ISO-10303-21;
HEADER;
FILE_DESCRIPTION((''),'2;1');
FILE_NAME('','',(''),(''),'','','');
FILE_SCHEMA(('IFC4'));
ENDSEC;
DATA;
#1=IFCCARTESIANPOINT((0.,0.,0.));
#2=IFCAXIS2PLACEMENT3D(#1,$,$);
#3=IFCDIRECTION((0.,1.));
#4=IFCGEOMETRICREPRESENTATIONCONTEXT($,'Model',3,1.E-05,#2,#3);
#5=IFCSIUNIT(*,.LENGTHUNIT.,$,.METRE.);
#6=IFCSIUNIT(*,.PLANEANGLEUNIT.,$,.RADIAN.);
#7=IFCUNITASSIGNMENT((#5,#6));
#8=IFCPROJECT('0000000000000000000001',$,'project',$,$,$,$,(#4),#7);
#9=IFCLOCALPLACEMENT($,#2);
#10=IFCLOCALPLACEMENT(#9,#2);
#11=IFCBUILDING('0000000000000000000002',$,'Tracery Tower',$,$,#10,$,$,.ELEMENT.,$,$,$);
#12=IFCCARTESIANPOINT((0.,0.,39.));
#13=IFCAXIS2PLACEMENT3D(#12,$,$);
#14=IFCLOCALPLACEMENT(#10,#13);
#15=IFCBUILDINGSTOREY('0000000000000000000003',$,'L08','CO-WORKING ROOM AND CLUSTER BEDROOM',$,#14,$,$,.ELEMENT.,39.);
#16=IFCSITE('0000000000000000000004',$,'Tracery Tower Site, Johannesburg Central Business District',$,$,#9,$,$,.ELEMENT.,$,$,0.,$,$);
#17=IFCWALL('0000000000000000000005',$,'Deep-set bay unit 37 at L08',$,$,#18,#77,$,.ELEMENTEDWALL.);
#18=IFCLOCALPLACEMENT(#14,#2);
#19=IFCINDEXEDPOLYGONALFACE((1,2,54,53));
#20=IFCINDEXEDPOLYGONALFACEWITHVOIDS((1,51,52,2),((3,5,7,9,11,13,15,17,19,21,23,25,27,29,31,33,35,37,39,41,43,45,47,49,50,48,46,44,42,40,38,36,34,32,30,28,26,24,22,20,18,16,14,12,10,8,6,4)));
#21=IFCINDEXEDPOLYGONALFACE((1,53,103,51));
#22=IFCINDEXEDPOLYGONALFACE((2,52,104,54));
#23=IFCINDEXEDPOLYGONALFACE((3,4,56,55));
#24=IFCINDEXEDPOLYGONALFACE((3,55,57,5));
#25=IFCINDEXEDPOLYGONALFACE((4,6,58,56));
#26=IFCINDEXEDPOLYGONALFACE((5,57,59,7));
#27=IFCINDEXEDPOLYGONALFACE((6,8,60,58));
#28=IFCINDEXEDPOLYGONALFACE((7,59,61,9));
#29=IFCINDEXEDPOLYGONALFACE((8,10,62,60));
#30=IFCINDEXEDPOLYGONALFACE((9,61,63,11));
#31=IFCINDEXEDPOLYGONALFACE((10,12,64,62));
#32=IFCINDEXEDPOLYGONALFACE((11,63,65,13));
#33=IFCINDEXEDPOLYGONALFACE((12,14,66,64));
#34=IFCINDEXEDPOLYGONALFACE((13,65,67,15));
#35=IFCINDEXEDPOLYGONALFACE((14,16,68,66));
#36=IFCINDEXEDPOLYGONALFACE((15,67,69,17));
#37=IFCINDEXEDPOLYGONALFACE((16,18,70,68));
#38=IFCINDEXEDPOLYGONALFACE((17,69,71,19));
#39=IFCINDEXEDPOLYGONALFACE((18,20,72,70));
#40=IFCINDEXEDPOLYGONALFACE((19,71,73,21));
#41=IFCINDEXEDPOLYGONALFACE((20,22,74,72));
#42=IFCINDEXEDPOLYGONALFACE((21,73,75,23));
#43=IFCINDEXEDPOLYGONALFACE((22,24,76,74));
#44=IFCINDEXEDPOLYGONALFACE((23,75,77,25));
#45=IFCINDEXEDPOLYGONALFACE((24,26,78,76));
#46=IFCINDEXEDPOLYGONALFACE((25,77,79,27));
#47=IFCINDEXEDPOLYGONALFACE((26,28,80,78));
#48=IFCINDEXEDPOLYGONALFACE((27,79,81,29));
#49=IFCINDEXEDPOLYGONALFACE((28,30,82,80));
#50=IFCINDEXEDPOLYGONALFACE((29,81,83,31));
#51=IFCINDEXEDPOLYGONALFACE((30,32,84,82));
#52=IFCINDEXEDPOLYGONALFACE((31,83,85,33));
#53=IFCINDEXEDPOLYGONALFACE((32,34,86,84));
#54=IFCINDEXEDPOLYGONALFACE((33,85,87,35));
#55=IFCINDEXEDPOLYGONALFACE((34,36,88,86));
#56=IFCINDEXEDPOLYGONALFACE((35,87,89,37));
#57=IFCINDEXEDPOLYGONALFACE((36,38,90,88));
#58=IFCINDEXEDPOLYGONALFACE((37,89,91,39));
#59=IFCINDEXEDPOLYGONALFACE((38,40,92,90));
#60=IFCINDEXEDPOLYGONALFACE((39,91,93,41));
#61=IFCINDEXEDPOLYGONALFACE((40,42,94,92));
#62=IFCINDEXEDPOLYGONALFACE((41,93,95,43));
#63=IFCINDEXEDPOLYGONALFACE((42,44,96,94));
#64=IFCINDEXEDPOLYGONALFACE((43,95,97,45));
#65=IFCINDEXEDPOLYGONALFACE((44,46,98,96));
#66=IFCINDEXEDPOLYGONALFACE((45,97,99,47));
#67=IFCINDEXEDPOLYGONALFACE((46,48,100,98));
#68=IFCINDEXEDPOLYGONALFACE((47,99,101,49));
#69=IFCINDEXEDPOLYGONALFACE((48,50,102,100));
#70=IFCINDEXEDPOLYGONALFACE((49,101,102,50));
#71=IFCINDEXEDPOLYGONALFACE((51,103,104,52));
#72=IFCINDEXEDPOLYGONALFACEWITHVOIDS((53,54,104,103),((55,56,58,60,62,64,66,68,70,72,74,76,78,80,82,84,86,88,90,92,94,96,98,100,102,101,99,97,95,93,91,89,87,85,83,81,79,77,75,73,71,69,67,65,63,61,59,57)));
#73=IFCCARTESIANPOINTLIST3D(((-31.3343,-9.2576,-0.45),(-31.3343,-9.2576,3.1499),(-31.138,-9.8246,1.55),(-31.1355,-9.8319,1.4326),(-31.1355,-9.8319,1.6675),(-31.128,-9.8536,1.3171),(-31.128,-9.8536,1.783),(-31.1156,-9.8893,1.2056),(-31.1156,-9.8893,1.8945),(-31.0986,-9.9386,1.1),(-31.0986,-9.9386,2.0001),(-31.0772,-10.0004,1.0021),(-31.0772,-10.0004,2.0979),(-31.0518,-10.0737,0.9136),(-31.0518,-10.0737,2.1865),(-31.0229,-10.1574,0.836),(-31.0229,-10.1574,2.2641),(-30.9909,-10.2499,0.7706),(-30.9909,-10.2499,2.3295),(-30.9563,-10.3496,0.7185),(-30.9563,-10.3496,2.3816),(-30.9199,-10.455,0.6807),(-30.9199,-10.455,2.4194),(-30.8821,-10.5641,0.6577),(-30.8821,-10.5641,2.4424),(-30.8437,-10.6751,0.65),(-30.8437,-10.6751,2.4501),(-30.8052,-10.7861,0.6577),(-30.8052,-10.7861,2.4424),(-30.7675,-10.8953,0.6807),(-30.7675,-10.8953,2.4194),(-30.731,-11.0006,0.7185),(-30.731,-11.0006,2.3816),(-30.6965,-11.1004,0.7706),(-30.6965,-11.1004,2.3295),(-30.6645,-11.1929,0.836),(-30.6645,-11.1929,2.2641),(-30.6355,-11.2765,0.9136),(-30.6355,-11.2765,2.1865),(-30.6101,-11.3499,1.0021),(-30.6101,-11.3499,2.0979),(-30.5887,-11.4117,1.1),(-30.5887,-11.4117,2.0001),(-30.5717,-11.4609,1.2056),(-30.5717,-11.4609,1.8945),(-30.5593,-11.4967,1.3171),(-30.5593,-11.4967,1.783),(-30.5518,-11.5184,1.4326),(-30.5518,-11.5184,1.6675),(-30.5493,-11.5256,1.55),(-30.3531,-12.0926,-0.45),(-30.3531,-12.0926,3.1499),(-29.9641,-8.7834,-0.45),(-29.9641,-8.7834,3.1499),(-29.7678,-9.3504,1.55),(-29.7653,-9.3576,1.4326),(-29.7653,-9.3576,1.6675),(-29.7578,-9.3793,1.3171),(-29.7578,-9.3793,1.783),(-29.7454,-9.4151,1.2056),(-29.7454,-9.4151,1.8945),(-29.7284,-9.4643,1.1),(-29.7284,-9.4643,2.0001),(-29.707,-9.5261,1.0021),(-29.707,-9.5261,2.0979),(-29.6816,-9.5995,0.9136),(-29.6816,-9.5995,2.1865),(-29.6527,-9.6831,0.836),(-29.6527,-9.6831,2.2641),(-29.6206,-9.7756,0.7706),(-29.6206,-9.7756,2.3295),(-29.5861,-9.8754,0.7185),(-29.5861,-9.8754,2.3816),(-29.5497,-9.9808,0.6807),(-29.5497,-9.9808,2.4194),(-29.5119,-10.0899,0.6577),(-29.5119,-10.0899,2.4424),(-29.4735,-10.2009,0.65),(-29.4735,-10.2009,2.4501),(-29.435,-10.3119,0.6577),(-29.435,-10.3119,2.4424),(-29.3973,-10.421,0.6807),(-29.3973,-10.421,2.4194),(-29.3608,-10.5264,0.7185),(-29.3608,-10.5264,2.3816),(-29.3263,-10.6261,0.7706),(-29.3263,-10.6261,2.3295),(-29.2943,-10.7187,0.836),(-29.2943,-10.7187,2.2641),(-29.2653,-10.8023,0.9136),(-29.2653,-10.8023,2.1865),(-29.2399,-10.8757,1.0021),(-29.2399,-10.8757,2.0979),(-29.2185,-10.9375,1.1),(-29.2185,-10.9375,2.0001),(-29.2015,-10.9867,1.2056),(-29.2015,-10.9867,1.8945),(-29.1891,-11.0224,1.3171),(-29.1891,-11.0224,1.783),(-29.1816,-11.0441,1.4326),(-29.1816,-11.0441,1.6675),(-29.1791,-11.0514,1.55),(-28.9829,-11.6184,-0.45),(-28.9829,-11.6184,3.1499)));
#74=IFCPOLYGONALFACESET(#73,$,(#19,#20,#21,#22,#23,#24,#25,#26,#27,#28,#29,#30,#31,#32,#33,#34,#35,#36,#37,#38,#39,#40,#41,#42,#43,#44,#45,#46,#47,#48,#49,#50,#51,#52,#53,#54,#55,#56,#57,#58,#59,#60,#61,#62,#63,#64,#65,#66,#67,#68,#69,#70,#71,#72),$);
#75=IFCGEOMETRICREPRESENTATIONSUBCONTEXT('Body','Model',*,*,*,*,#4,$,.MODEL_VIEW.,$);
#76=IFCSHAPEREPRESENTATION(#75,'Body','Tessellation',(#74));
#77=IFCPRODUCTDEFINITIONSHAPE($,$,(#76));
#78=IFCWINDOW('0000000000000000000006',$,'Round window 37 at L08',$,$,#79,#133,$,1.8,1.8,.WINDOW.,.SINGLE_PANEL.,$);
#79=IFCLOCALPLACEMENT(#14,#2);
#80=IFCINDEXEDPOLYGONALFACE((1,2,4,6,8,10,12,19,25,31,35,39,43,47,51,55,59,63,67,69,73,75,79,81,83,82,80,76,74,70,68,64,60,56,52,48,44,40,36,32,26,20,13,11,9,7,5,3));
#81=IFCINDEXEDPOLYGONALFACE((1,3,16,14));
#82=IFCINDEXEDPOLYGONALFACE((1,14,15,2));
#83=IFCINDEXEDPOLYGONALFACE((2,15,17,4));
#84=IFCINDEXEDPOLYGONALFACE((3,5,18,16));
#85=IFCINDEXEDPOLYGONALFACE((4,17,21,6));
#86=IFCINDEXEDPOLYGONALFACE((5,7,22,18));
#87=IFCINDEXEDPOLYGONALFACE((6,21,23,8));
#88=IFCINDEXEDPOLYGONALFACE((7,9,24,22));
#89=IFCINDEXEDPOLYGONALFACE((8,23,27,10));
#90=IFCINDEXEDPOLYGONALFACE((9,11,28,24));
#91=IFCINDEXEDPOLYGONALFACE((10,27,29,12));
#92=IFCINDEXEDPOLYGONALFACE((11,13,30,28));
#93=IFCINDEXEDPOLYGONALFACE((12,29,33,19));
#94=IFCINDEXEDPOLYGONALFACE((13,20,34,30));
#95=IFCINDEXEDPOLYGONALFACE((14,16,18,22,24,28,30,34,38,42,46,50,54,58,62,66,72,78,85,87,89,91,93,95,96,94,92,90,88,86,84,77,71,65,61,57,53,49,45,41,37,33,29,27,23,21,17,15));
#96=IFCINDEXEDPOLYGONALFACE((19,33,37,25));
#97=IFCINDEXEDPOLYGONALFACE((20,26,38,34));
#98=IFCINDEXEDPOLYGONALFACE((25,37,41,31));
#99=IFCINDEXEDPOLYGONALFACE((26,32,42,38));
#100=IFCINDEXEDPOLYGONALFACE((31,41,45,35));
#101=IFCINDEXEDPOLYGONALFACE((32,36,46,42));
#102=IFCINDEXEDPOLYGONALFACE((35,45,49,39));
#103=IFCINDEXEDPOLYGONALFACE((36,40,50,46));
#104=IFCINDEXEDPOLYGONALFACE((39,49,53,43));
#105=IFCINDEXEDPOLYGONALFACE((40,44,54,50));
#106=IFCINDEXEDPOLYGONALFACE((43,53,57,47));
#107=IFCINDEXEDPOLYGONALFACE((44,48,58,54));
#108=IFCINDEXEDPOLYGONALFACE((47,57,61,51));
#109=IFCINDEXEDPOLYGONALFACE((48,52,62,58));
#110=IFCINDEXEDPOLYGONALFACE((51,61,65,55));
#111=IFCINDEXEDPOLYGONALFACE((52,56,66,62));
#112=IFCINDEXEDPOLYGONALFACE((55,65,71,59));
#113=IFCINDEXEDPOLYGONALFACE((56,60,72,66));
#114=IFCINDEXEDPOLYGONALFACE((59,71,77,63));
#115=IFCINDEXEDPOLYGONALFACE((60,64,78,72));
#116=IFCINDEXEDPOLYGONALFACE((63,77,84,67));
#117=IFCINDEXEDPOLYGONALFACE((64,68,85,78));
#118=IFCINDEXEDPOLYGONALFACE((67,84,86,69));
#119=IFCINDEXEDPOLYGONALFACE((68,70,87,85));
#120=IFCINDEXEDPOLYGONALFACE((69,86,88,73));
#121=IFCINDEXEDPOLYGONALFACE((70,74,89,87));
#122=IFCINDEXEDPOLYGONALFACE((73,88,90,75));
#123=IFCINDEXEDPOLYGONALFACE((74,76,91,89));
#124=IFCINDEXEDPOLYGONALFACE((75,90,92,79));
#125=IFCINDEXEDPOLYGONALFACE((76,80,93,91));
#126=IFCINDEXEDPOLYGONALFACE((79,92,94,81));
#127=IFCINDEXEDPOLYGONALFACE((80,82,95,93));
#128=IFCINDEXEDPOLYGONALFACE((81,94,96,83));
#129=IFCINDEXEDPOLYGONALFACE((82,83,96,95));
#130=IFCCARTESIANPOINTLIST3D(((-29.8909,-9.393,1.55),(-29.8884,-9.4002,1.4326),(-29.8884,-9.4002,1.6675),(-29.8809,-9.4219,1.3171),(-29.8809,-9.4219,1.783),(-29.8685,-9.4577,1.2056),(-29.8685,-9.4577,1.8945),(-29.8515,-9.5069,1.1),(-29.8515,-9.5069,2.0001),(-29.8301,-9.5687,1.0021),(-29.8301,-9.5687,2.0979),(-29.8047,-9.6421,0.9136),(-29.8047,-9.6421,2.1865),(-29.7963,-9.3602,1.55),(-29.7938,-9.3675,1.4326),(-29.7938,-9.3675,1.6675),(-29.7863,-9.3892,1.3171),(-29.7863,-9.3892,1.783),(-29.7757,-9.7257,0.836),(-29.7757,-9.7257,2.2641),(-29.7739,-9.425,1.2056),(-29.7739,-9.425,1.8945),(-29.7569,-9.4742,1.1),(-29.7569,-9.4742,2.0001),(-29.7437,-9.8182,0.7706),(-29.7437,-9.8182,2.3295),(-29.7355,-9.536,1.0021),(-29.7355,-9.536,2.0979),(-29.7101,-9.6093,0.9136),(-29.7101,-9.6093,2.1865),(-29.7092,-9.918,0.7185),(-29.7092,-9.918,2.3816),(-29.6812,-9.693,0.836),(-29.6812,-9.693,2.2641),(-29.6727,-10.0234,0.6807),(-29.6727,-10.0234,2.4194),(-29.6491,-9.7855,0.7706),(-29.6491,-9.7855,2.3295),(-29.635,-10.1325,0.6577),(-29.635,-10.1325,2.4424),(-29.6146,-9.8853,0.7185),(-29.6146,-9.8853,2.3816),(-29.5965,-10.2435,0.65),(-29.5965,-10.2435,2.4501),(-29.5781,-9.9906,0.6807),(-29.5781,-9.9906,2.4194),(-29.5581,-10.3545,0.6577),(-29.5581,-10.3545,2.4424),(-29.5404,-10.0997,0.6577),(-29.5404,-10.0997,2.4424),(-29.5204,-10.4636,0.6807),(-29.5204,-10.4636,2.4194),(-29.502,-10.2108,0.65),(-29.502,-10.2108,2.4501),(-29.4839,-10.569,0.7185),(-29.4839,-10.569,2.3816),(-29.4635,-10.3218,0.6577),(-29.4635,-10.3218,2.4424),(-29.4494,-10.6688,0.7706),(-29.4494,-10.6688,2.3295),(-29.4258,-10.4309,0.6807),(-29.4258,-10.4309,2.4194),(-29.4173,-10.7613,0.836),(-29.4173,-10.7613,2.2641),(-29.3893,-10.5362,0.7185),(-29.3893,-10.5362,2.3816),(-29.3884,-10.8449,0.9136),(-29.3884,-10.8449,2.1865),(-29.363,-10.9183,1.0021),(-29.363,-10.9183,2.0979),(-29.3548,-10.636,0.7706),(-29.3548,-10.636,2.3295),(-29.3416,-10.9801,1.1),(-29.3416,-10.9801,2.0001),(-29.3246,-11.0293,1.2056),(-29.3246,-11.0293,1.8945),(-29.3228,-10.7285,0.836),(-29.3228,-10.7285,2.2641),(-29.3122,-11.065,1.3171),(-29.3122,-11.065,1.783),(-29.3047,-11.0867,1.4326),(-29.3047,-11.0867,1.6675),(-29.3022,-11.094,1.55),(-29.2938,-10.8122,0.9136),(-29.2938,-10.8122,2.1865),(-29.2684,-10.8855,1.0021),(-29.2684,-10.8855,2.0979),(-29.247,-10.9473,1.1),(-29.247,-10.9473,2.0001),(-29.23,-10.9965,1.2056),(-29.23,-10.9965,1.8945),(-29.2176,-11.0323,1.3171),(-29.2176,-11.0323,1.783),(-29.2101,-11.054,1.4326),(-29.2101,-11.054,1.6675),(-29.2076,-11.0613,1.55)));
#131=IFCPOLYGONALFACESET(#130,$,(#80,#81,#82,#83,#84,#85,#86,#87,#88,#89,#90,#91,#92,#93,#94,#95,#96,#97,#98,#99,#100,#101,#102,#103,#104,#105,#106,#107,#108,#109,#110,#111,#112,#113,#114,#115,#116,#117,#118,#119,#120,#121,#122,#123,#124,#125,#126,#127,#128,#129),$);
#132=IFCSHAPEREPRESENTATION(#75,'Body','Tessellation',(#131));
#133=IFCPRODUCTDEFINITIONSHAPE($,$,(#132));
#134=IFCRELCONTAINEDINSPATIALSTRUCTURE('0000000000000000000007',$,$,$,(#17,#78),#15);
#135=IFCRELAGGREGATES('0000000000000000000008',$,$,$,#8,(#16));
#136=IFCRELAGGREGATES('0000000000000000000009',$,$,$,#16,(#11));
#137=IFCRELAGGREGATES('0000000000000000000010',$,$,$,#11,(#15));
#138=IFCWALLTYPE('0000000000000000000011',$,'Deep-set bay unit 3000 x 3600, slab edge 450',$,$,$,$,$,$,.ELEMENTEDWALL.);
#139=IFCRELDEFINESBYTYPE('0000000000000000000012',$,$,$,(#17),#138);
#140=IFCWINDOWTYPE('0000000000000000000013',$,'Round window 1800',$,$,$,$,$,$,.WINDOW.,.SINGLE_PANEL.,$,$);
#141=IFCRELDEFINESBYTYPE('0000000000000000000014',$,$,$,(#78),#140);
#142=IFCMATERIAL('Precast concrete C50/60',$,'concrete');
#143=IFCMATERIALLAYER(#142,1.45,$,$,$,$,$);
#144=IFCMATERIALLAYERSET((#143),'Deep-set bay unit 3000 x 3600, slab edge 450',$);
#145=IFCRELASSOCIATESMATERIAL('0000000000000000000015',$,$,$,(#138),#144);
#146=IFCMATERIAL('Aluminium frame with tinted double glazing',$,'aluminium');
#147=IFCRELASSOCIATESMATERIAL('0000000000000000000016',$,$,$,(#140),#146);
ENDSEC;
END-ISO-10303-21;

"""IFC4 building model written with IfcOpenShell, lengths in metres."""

from ifc_helpers import new_model, si_unit, direction, frame, frame_2d, origin, origin_2d, place, context, subcontext, project, spatial, rectangle, circle, extrude, material, layer, layer_set, type_object, element, fill, save


model = new_model("IFC4")

# Units and contexts
model_context = context("Model", 3, precision=1e-05, world=origin(), true_north=direction((0.0, 1.0)))
body_context = subcontext(model_context, "Body", "Model", "MODEL_VIEW")
ifc_project = project(units=[si_unit("LENGTHUNIT", "METRE"), si_unit("PLANEANGLEUNIT", "RADIAN")], contexts=[model_context])

# Site, building, storey
site_placement = place(None, origin())
site = spatial("IfcSite", under=ifc_project, at=site_placement, Name="Tracery Tower Site, Johannesburg Central Business District", CompositionType="ELEMENT", RefElevation=0.0)
building_placement = place(site_placement, origin())
building = spatial("IfcBuilding", under=site, at=building_placement, Name="Tracery Tower", CompositionType="ELEMENT")
storey_placement = place(building_placement, frame((0.0, 0.0, 39.0)))
storey = spatial("IfcBuildingStorey", under=building, at=storey_placement, Name="L08", Description="CO-WORKING ROOM AND CLUSTER BEDROOM", CompositionType="ELEMENT", Elevation=39.0)

# Wall, opening, window
ifc_material_1 = material(Name="Precast concrete C50/60", Category="concrete")
ifc_layer_1 = layer(ifc_material_1, 1.45)
ifc_layer_set_1 = layer_set([ifc_layer_1], Name="Deep-set bay unit 3000 x 3600, slab edge 450")
wall_type_1 = type_object("IfcWallType", Name="Deep-set bay unit 3000 x 3600, slab edge 450", PredefinedType="ELEMENTEDWALL", material=ifc_layer_set_1)
wall_1_placement = place(storey_placement, frame((-30.6492, -9.0205, -0.45), z_axis=(0.0, 0.0, 1.0), x_axis=(0.327071, -0.945, 0.0)))
wall_1 = element("IfcWall", 1, at=wall_1_placement, inside=storey, type_object=wall_type_1, Name="Deep-set bay unit 37 at L08", PredefinedType="ELEMENTEDWALL", context=body_context, shape_type="SweptSolid", body=[
    extrude(rectangle(XDim=3.0, YDim=1.45, at=frame_2d((1.5, 0.0))), origin(), (0.0, 0.0, 1.0), 3.5999),
])
opening_1_placement = place(wall_1_placement, frame((1.5, 0.0, 2.0)))
opening_1 = element("IfcOpeningElement", 2, at=opening_1_placement, cuts=wall_1, PredefinedType="OPENING", context=body_context, shape_type="SweptSolid", body=[
    extrude(circle(Radius=0.9, at=origin_2d()), frame((0.0, 0.7349, 0.0), z_axis=(0.0, -1.0, 0.0), x_axis=(1.0, 0.0, 0.0)), (0.0, 0.0, 1.0), 1.47),
])
ifc_material_2 = material(Name="Aluminium frame with tinted double glazing", Category="aluminium")
window_type = type_object("IfcWindowType", Name="Round window 1800", PartitioningType="SINGLE_PANEL", PredefinedType="WINDOW", material=ifc_material_2)
window_1_placement = place(opening_1_placement, origin())
window_1 = element("IfcWindow", 3, at=window_1_placement, inside=storey, type_object=window_type, Name="Round window 37 at L08", OverallHeight=1.8, OverallWidth=1.8, PartitioningType="SINGLE_PANEL", PredefinedType="WINDOW", context=body_context, shape_type="SweptSolid", body=[
    extrude(circle(Radius=0.9, at=origin_2d()), frame((0.0, 0.6948, 0.0), z_axis=(0.0, -1.0, 0.0), x_axis=(1.0, 0.0, 0.0)), (0.0, 0.0, 1.0), 0.1001),
])
fill(opening_1, window_1)

save(model, "model.ifc")
